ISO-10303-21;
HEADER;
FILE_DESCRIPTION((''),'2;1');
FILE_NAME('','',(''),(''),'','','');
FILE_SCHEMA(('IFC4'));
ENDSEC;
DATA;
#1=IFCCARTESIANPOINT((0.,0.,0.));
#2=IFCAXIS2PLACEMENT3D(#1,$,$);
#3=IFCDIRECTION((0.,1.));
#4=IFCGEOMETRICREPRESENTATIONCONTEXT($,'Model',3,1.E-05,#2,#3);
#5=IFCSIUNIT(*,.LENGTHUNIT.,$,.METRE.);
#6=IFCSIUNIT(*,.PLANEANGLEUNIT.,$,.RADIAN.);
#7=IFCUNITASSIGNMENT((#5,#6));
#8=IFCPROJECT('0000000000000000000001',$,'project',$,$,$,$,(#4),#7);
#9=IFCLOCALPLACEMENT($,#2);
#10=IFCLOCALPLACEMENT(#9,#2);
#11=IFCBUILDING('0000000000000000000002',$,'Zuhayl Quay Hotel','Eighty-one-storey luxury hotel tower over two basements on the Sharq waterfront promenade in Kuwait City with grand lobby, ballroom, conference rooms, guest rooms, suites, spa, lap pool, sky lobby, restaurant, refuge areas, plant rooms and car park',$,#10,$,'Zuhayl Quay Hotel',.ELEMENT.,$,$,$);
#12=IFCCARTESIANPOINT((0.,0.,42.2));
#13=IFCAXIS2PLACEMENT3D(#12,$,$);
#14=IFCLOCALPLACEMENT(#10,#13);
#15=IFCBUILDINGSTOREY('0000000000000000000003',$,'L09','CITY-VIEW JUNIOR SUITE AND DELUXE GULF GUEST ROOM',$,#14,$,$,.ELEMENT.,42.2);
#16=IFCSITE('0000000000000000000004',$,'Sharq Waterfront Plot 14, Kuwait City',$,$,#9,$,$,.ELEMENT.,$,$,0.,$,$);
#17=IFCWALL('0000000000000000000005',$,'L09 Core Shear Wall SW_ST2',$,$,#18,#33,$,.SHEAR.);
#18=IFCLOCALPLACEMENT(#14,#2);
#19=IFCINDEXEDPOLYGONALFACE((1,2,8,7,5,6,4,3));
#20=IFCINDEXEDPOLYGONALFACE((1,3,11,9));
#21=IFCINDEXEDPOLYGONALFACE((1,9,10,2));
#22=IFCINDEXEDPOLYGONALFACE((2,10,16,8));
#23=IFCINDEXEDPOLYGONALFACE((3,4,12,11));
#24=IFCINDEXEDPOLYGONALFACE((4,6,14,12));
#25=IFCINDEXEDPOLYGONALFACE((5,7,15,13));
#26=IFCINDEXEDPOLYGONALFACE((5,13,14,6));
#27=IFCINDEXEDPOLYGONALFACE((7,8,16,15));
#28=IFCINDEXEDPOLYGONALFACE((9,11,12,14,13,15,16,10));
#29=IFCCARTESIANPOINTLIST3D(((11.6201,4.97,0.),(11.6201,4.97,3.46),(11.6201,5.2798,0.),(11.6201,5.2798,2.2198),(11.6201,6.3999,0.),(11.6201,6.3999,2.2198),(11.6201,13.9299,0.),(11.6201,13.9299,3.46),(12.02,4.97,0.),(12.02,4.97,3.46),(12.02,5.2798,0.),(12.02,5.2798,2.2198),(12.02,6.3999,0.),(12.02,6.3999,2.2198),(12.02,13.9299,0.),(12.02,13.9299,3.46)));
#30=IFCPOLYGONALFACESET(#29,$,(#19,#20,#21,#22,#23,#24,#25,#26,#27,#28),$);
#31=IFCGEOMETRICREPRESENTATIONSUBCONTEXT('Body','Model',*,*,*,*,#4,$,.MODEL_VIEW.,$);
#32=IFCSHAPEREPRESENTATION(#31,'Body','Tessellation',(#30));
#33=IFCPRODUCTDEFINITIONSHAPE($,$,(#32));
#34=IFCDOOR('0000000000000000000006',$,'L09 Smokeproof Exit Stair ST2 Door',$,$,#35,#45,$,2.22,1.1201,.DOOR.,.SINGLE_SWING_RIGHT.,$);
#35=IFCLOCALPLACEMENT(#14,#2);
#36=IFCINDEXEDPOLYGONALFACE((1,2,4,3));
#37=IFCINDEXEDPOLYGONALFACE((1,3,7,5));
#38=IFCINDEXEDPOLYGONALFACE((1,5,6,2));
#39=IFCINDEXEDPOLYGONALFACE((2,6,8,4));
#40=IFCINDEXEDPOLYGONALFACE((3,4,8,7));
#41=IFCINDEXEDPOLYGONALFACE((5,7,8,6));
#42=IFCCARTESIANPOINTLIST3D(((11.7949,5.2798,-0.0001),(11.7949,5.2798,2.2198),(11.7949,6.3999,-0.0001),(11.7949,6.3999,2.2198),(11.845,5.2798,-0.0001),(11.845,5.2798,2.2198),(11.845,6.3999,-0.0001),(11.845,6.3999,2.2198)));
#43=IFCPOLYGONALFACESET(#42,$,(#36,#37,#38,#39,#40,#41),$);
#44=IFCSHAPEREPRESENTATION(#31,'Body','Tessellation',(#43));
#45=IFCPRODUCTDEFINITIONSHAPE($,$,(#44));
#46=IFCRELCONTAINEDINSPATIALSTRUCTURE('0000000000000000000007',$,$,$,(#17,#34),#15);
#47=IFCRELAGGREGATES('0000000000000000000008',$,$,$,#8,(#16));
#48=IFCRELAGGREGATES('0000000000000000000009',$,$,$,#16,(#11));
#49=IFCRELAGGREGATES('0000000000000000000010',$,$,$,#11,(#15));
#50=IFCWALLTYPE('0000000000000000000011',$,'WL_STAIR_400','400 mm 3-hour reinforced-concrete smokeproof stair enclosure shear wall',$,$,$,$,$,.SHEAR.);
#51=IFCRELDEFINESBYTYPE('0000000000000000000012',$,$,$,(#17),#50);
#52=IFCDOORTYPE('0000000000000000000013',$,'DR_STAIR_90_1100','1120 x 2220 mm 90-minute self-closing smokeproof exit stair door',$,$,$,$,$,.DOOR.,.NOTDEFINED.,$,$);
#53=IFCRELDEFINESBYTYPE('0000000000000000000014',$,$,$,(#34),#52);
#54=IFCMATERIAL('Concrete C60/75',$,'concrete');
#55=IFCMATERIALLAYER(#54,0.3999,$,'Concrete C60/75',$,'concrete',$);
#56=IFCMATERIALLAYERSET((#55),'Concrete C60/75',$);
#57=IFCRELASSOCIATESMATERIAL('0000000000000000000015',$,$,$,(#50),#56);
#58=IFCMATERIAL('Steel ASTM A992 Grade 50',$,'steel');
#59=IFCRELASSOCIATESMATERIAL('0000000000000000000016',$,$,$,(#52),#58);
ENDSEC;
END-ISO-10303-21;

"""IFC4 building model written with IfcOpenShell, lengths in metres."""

from ifc_helpers import new_model, si_unit, direction, frame, frame_2d, origin, place, context, subcontext, project, spatial, rectangle, extrude, material, layer, layer_set, type_object, element, fill, save


model = new_model("IFC4")

# Units and contexts
model_context = context("Model", 3, precision=1e-05, world=origin(), true_north=direction((0.0, 1.0)))
body_context = subcontext(model_context, "Body", "Model", "MODEL_VIEW")
ifc_project = project(units=[si_unit("LENGTHUNIT", "METRE"), si_unit("PLANEANGLEUNIT", "RADIAN")], contexts=[model_context])

# Site, building, storey
site_placement = place(None, origin())
site = spatial("IfcSite", under=ifc_project, at=site_placement, Name="Sharq Waterfront Plot 14, Kuwait City", CompositionType="ELEMENT", RefElevation=0.0)
building_placement = place(site_placement, origin())
building = spatial("IfcBuilding", under=site, at=building_placement, Name="Zuhayl Quay Hotel", Description="Eighty-one-storey luxury hotel tower over two basements on the Sharq waterfront promenade in Kuwait City with grand lobby, ballroom, conference rooms, guest rooms, suites, spa, lap pool, sky lobby, restaurant, refuge areas, plant rooms and car park", LongName="Zuhayl Quay Hotel", CompositionType="ELEMENT")
storey_placement = place(building_placement, frame((0.0, 0.0, 42.2)))
storey = spatial("IfcBuildingStorey", under=building, at=storey_placement, Name="L09", Description="CITY-VIEW JUNIOR SUITE AND DELUXE GULF GUEST ROOM", CompositionType="ELEMENT", Elevation=42.2)

# Shared definitions
ifc_material_1 = material(Name="Steel ASTM A992 Grade 50", Category="steel")

# Wall, opening, door
ifc_material_2 = material(Name="Concrete C60/75", Category="concrete")
ifc_layer_1 = layer(ifc_material_2, 0.3999, Name="Concrete C60/75", Category="concrete")
ifc_layer_set_1 = layer_set([ifc_layer_1], Name="Concrete C60/75")
wall_type_1 = type_object("IfcWallType", Name="WL_STAIR_400", Description="400 mm 3-hour reinforced-concrete smokeproof stair enclosure shear wall", PredefinedType="SHEAR", material=ifc_layer_set_1)
wall_1_placement = place(storey_placement, frame((11.8201, 13.9299, 0.0), z_axis=(0.0, 0.0, 1.0), x_axis=(0.0, -1.0, 0.0)))
wall_1 = element("IfcWall", 1, at=wall_1_placement, inside=storey, type_object=wall_type_1, Name="L09 Core Shear Wall SW_ST2", PredefinedType="SHEAR", context=body_context, shape_type="SweptSolid", body=[
    extrude(rectangle(XDim=8.96, YDim=0.3999, at=frame_2d((4.48, 0.0))), origin(), (0.0, 0.0, 1.0), 3.46),
])
opening_1_placement = place(wall_1_placement, frame((7.53, 0.0, 0.0)))
opening_1 = element("IfcOpeningElement", 2, at=opening_1_placement, cuts=wall_1, PredefinedType="OPENING", context=body_context, shape_type="SweptSolid", body=[
    extrude(rectangle(XDim=1.1201, YDim=2.22, at=frame_2d((0.5601, 1.1099))), frame((0.0, 0.21, 0.0), z_axis=(0.0, -1.0, 0.0), x_axis=(1.0, 0.0, 0.0)), (0.0, 0.0, 1.0), 0.4199),
])
door_type_1 = type_object("IfcDoorType", Name="DR_STAIR_90_1100", Description="1120 x 2220 mm 90-minute self-closing smokeproof exit stair door", OperationType="NOTDEFINED", PredefinedType="DOOR", material=ifc_material_1)
door_1_placement = place(opening_1_placement, origin())
door_1 = element("IfcDoor", 3, at=door_1_placement, inside=storey, type_object=door_type_1, Name="L09 Smokeproof Exit Stair ST2 Door", OperationType="SINGLE_SWING_RIGHT", OverallHeight=2.22, OverallWidth=1.1201, PredefinedType="DOOR", context=body_context, shape_type="SweptSolid", body=[
    extrude(rectangle(XDim=1.1201, YDim=2.22, at=frame_2d((0.5601, 1.1099))), frame((0.0, 0.0249, 0.0), z_axis=(0.0, -1.0, 0.0), x_axis=(1.0, 0.0, 0.0)), (0.0, 0.0, 1.0), 0.05),
])
fill(opening_1, door_1)

save(model, "model.ifc")
